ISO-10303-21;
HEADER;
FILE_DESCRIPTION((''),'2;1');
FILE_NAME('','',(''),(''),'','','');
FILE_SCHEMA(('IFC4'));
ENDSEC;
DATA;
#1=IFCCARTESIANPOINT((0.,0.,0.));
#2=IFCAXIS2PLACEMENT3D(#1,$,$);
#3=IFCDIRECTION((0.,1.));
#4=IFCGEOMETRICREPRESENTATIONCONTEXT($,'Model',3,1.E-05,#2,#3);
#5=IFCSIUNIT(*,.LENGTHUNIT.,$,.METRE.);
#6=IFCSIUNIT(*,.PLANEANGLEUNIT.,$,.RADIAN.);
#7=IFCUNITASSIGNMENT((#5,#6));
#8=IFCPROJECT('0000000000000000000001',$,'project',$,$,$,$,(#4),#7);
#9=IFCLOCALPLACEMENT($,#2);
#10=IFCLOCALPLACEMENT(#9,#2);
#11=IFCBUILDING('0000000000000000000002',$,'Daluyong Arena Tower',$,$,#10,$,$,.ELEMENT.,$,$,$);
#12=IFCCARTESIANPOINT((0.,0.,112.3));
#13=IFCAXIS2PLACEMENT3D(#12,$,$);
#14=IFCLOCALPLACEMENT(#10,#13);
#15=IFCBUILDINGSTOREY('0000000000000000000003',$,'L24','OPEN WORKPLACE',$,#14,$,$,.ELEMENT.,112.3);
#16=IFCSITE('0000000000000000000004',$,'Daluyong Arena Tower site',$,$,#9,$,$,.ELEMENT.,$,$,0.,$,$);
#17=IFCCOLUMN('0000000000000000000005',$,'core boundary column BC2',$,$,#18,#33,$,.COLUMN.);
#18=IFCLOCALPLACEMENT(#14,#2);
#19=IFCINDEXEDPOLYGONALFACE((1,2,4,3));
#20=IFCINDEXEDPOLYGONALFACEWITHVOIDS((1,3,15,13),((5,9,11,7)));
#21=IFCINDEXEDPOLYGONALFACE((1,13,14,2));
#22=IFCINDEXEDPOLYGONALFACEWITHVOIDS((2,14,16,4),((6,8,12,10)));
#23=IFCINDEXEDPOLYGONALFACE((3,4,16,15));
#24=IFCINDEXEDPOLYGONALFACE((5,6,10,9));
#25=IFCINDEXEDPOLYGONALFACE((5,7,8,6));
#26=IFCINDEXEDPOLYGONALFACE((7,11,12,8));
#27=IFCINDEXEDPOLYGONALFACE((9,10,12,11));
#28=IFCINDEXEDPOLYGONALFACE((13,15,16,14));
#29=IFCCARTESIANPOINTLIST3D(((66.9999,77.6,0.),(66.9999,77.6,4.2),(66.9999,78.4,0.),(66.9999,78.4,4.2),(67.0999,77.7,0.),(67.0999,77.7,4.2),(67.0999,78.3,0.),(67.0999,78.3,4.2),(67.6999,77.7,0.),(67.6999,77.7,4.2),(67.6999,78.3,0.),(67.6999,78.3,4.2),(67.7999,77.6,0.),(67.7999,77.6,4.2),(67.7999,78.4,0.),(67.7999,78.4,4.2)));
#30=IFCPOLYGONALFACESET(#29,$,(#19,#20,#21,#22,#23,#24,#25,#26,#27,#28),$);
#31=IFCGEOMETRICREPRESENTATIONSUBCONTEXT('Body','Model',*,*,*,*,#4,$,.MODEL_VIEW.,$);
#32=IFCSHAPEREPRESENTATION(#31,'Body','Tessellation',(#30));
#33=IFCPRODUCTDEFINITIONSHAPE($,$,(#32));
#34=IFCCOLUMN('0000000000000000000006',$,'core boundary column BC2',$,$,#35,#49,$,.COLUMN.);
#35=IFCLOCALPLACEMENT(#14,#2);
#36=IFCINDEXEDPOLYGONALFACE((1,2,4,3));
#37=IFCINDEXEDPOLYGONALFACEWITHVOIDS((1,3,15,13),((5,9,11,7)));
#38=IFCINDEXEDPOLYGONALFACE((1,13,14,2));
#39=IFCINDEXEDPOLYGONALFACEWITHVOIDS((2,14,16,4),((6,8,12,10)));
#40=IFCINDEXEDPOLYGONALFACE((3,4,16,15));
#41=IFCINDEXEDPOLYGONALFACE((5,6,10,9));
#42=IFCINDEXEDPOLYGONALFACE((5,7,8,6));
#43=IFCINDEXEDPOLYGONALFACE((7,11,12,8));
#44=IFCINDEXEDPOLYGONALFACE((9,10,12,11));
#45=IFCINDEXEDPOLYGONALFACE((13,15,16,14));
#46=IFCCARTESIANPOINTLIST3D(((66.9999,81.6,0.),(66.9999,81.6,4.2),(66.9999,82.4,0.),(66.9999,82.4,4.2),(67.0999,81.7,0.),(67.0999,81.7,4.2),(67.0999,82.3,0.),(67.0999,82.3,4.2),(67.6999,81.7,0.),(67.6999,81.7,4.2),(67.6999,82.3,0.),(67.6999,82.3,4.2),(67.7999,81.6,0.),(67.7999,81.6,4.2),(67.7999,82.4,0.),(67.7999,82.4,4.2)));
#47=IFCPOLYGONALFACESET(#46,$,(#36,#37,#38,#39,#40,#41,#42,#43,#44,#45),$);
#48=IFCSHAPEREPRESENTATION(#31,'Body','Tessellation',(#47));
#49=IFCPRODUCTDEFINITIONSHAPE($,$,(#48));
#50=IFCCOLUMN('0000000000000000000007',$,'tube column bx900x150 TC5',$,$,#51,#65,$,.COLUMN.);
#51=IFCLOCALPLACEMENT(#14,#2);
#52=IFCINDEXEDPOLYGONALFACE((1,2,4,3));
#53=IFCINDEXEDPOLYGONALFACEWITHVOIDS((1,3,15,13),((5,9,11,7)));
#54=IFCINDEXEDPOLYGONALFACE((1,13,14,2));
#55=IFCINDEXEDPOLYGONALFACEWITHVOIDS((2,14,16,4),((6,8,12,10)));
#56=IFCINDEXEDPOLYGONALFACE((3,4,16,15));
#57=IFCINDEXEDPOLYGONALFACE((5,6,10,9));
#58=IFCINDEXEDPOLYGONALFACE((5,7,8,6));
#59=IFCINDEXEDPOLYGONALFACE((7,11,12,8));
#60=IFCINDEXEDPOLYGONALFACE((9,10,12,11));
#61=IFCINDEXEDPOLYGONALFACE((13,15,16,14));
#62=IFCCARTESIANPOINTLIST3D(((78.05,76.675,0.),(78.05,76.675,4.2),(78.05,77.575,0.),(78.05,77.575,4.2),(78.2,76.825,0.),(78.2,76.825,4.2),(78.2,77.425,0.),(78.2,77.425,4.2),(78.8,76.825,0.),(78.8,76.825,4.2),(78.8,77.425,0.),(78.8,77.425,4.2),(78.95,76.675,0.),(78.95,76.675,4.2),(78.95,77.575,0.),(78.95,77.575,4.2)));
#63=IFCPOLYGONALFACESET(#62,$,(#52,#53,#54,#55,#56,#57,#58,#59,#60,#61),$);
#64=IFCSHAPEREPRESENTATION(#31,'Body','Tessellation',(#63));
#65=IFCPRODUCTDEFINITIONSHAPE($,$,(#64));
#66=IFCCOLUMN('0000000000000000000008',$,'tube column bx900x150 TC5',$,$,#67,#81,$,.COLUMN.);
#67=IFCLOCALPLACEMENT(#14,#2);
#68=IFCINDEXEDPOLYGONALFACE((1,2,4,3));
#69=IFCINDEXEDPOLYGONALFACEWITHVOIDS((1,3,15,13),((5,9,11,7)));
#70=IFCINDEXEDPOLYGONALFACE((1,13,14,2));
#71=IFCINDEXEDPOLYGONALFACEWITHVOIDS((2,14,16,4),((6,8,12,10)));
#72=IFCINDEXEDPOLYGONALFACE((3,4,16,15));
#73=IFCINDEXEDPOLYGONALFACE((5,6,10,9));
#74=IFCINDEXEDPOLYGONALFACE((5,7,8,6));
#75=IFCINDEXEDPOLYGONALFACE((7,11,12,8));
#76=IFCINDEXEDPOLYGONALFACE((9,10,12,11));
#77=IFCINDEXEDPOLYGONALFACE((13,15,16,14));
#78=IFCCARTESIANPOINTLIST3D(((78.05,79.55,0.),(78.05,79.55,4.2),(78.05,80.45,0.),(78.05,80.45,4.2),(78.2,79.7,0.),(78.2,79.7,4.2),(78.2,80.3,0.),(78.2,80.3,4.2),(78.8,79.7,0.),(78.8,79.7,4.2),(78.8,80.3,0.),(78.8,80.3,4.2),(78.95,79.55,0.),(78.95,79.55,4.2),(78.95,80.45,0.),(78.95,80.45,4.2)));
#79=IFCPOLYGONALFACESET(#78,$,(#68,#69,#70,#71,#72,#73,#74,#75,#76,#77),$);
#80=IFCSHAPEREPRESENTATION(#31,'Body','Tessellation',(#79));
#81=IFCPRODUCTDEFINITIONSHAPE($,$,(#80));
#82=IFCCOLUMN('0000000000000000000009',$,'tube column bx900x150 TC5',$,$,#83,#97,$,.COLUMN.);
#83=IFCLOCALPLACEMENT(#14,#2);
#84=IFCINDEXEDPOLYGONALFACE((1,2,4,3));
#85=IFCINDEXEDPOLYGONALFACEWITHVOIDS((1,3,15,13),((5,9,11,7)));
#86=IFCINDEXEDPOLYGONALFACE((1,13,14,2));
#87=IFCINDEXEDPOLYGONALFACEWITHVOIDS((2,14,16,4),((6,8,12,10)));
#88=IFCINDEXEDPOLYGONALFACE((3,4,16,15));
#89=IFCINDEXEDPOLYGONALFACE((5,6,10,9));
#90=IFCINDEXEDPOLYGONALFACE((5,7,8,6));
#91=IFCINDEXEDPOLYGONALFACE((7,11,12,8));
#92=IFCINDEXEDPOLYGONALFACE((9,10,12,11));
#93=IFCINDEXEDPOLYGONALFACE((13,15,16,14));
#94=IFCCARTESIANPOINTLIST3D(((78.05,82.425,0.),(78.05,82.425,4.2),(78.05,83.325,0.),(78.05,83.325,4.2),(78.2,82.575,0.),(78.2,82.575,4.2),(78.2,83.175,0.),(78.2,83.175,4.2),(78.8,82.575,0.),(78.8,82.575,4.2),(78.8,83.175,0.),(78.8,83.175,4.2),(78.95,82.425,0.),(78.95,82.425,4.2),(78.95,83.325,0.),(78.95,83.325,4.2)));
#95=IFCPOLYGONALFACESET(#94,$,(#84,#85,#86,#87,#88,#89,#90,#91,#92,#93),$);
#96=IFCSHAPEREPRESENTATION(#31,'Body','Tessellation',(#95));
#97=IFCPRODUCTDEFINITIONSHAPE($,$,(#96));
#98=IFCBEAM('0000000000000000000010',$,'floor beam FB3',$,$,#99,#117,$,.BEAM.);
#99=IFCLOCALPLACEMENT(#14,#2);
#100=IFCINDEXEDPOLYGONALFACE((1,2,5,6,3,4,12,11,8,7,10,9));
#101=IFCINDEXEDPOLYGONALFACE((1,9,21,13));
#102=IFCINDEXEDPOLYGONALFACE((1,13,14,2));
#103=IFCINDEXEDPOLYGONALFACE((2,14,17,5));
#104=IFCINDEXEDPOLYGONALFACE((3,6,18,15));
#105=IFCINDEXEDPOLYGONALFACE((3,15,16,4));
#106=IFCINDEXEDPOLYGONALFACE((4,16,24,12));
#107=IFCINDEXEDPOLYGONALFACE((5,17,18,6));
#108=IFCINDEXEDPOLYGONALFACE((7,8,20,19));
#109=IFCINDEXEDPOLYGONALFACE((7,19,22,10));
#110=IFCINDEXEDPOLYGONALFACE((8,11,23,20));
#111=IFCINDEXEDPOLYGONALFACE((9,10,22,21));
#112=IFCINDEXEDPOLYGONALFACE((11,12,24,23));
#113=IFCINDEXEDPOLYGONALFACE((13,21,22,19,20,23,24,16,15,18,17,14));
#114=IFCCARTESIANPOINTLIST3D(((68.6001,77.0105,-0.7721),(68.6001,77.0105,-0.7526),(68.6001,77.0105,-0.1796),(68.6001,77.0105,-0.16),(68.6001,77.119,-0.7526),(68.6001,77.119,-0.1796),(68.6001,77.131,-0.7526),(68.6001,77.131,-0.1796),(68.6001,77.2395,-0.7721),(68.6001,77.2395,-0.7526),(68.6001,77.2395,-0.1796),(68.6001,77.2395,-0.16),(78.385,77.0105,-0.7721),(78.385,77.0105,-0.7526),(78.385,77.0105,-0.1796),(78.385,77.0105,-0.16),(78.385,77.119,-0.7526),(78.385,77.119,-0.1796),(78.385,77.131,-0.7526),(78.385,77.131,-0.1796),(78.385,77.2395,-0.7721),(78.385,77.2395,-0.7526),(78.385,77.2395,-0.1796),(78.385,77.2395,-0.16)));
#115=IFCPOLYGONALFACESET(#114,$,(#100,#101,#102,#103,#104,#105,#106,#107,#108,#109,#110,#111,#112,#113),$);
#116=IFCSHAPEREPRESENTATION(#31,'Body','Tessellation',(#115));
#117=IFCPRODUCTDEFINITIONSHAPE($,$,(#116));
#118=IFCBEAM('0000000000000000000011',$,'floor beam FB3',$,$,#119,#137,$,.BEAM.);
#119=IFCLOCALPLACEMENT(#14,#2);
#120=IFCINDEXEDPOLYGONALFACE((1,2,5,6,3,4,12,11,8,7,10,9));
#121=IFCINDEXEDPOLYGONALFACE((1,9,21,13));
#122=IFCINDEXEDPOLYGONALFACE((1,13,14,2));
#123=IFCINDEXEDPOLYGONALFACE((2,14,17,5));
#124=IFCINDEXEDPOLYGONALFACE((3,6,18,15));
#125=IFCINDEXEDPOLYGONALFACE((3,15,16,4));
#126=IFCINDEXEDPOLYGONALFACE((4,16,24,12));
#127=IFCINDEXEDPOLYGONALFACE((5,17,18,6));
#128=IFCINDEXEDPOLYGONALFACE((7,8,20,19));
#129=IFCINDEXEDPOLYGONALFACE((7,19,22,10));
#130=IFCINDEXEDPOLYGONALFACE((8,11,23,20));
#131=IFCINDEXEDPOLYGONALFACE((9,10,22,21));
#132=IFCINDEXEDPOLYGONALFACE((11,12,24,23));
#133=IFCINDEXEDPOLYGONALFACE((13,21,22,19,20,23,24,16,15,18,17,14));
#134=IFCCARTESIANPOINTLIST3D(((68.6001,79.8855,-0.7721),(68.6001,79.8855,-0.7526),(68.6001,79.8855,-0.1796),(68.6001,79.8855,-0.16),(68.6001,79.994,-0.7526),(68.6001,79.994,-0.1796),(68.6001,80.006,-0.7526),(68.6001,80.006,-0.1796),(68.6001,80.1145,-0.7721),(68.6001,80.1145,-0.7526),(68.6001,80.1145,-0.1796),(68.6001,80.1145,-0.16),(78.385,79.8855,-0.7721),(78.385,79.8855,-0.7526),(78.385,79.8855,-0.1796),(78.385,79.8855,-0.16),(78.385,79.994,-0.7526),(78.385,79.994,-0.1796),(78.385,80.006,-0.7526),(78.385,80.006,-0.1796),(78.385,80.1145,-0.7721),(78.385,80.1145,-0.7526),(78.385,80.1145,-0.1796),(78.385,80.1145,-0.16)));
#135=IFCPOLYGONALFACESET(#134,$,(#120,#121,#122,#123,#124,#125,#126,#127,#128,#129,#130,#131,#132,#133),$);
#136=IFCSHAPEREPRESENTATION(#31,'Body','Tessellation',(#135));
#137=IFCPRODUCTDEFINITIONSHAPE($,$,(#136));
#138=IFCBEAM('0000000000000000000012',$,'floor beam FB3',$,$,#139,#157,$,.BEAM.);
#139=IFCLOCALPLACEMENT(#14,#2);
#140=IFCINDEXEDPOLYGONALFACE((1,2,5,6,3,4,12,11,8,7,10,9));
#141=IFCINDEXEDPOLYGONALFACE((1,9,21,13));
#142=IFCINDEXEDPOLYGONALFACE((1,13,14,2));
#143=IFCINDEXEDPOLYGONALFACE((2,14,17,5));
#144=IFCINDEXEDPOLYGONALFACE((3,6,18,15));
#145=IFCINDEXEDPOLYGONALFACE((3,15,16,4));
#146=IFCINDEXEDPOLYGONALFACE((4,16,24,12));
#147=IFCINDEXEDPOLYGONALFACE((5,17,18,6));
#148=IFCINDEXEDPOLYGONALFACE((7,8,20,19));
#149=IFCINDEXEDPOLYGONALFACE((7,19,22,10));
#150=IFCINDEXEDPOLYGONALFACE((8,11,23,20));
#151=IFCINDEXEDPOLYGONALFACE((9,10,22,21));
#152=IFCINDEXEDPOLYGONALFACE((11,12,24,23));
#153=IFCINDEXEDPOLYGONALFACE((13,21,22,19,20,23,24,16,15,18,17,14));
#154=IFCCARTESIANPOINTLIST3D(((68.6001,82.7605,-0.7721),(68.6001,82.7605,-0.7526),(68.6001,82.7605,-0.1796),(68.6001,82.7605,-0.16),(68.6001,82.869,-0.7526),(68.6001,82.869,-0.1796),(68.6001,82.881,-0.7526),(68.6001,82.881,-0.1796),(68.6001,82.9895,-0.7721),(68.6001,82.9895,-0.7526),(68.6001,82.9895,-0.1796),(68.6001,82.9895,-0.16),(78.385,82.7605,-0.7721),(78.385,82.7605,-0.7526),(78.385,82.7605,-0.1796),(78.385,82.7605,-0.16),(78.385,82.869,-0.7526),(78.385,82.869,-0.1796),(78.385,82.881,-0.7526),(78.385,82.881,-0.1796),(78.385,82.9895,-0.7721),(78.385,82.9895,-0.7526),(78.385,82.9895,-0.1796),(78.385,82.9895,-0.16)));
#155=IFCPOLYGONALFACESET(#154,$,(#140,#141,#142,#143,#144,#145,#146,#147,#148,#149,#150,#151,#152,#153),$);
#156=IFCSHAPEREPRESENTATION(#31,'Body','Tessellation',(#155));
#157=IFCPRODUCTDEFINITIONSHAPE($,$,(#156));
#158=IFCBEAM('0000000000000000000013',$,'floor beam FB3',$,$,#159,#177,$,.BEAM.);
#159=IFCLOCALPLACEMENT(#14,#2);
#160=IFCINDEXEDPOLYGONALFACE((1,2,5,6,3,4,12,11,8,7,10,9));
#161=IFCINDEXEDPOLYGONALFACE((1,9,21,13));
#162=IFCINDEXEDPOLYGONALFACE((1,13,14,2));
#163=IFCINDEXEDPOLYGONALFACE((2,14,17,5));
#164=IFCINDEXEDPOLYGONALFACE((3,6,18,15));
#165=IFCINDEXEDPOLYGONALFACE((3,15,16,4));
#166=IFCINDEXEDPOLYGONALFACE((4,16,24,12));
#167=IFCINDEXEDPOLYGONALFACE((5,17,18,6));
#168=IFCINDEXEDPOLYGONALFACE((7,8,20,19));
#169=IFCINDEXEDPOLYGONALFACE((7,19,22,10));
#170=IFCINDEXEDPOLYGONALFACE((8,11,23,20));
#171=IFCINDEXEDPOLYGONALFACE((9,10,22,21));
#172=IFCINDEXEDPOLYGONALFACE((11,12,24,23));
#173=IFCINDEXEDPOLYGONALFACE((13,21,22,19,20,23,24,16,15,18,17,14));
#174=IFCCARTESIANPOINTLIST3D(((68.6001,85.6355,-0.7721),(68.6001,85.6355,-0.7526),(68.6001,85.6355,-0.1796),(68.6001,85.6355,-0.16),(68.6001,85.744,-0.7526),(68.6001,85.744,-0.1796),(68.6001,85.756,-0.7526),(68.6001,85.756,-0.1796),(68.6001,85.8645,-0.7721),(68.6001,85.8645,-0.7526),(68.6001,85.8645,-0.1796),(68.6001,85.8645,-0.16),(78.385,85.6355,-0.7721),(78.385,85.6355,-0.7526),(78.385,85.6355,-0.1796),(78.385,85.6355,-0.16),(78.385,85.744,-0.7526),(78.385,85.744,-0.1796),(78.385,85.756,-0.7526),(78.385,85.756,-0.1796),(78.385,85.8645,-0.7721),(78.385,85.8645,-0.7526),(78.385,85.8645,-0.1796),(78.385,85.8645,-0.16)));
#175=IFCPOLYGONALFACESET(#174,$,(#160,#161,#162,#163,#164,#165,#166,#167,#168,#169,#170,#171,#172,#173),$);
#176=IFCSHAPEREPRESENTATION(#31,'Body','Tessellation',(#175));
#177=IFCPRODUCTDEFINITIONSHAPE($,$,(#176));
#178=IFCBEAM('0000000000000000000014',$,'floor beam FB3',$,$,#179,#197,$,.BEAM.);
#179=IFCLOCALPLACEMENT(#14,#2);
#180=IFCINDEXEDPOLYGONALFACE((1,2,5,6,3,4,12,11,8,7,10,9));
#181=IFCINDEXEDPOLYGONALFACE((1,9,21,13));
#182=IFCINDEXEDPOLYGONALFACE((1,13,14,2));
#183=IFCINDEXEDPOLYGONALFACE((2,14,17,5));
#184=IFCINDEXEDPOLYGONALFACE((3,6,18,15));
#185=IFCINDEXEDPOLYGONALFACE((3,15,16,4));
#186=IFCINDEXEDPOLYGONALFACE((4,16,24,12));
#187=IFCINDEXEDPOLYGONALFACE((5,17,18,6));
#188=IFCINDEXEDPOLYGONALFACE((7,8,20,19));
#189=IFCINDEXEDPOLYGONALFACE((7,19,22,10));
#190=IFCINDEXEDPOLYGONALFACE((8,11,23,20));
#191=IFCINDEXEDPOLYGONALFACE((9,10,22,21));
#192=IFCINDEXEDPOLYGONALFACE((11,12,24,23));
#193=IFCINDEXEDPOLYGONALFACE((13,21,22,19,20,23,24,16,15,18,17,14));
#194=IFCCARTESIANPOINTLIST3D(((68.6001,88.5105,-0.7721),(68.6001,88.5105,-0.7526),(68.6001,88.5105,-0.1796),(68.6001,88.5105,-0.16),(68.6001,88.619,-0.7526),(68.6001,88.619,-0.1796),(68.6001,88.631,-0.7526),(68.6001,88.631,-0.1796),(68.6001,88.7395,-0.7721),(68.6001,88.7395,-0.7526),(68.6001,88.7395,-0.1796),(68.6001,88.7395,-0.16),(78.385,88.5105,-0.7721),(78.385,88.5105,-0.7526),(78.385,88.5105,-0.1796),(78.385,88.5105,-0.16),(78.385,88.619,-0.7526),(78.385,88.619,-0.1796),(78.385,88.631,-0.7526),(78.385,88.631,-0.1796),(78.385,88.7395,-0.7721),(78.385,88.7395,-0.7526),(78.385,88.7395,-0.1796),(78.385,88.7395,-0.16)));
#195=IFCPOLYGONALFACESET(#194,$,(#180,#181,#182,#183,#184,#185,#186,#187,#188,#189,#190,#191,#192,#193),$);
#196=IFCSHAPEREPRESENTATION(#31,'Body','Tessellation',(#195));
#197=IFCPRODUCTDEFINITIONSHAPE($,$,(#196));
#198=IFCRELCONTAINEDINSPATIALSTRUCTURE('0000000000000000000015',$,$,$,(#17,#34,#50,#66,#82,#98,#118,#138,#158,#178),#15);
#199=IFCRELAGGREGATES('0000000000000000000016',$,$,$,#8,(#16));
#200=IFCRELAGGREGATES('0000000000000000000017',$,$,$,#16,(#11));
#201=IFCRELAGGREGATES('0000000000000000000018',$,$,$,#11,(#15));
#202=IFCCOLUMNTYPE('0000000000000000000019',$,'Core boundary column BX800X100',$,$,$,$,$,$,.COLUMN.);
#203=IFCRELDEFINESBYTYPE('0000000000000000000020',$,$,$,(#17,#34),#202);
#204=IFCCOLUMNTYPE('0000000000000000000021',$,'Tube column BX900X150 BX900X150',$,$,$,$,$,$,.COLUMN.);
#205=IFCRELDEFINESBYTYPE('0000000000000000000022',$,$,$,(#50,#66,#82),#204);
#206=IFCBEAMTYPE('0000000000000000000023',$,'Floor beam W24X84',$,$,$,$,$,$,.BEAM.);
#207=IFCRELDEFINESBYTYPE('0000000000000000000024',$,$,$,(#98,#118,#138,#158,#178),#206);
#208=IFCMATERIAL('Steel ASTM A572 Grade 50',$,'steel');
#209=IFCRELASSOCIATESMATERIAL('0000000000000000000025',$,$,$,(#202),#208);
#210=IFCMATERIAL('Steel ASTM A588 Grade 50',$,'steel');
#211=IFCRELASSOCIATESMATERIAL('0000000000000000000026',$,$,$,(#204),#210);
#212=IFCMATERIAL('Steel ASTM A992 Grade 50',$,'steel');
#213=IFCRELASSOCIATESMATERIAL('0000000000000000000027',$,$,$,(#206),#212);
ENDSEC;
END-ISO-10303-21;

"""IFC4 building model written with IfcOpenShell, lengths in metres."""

from ifc_helpers import new_model, si_unit, direction, frame, origin, origin_2d, place, context, subcontext, project, spatial, hollow_rectangle, i_section, extrude, material, material_profile, profile_set, type_object, element, save


model = new_model("IFC4")

# Units and contexts
model_context = context("Model", 3, precision=1e-05, world=origin(), true_north=direction((0.0, 1.0)))
body_context = subcontext(model_context, "Body", "Model", "MODEL_VIEW")
ifc_project = project(units=[si_unit("LENGTHUNIT", "METRE"), si_unit("PLANEANGLEUNIT", "RADIAN")], contexts=[model_context])

# Site, building, storey
site_placement = place(None, origin())
site = spatial("IfcSite", under=ifc_project, at=site_placement, Name="Daluyong Arena Tower site", CompositionType="ELEMENT", RefElevation=0.0)
building_placement = place(site_placement, origin())
building = spatial("IfcBuilding", under=site, at=building_placement, Name="Daluyong Arena Tower", CompositionType="ELEMENT")
storey_placement = place(building_placement, frame((0.0, 0.0, 112.3)))
storey = spatial("IfcBuildingStorey", under=building, at=storey_placement, Name="L24", Description="OPEN WORKPLACE", CompositionType="ELEMENT", Elevation=112.3)

# Columns
ifc_material_1 = material(Name="Steel ASTM A572 Grade 50", Category="steel")
ifc_material_profile_1 = material_profile(ifc_material_1, hollow_rectangle(XDim=0.8, YDim=0.8, WallThickness=0.1, at=origin_2d()))
ifc_profile_set_1 = profile_set([ifc_material_profile_1], Name="Steel ASTM A572 Grade 50")
column_type_1 = type_object("IfcColumnType", Name="Core boundary column BX800X100", PredefinedType="COLUMN", material=ifc_profile_set_1)
for number, where, z_axis, x_axis, name in (
    (1, (67.3999, 78.0, 0.0), (0.0, 0.0, 1.0), (1.0, 0.0, 0.0), "core boundary column BC2"),
    (2, (67.3999, 82.0, 0.0), (0.0, 0.0, 1.0), (1.0, 0.0, 0.0), "core boundary column BC2"),
):
    element("IfcColumn", number, at=place(storey_placement, frame(where, z_axis=z_axis, x_axis=x_axis)), inside=storey, type_object=column_type_1, Name=name, PredefinedType="COLUMN", context=body_context, shape_type="SweptSolid", body=[
        extrude(hollow_rectangle(XDim=0.8, YDim=0.8, WallThickness=0.1, at=origin_2d()), origin(), (0.0, 0.0, 1.0), 4.2),
    ])
ifc_material_2 = material(Name="Steel ASTM A588 Grade 50", Category="steel")
ifc_material_profile_2 = material_profile(ifc_material_2, hollow_rectangle(XDim=0.8999, YDim=0.8999, WallThickness=0.15, at=origin_2d()))
ifc_profile_set_2 = profile_set([ifc_material_profile_2], Name="Steel ASTM A588 Grade 50")
column_type_2 = type_object("IfcColumnType", Name="Tube column BX900X150 BX900X150", PredefinedType="COLUMN", material=ifc_profile_set_2)
for number, where, z_axis, x_axis, name in (
    (3, (78.5, 77.125, 0.0), (0.0, 0.0, 1.0), (0.0, 1.0, 0.0), "tube column bx900x150 TC5"),
    (4, (78.5, 80.0, 0.0), (0.0, 0.0, 1.0), (0.0, 1.0, 0.0), "tube column bx900x150 TC5"),
    (5, (78.5, 82.875, 0.0), (0.0, 0.0, 1.0), (0.0, 1.0, 0.0), "tube column bx900x150 TC5"),
):
    element("IfcColumn", number, at=place(storey_placement, frame(where, z_axis=z_axis, x_axis=x_axis)), inside=storey, type_object=column_type_2, Name=name, PredefinedType="COLUMN", context=body_context, shape_type="SweptSolid", body=[
        extrude(hollow_rectangle(XDim=0.8999, YDim=0.8999, WallThickness=0.15, at=origin_2d()), origin(), (0.0, 0.0, 1.0), 4.2),
    ])

# Beams
ifc_material_3 = material(Name="Steel ASTM A992 Grade 50", Category="steel")
ifc_material_profile_3 = material_profile(ifc_material_3, i_section(OverallWidth=0.229, OverallDepth=0.6121, WebThickness=0.012, FlangeThickness=0.0195, at=origin_2d()))
ifc_profile_set_3 = profile_set([ifc_material_profile_3], Name="Steel ASTM A992 Grade 50")
beam_type_1 = type_object("IfcBeamType", Name="Floor beam W24X84", PredefinedType="BEAM", material=ifc_profile_set_3)
for number, where, z_axis, x_axis, name in (
    (6, (78.385, 77.125, -0.4661), (-1.0, 0.0, 0.0), (0.0, -1.0, 0.0), "floor beam FB3"),
    (7, (78.385, 80.0, -0.4661), (-1.0, 0.0, 0.0), (0.0, -1.0, 0.0), "floor beam FB3"),
    (8, (78.385, 82.875, -0.4661), (-1.0, 0.0, 0.0), (0.0, -1.0, 0.0), "floor beam FB3"),
    (9, (78.385, 85.75, -0.4661), (-1.0, 0.0, 0.0), (0.0, -1.0, 0.0), "floor beam FB3"),
    (10, (78.385, 88.625, -0.4661), (-1.0, 0.0, 0.0), (0.0, -1.0, 0.0), "floor beam FB3"),
):
    element("IfcBeam", number, at=place(storey_placement, frame(where, z_axis=z_axis, x_axis=x_axis)), inside=storey, type_object=beam_type_1, Name=name, PredefinedType="BEAM", context=body_context, shape_type="SweptSolid", body=[
        extrude(i_section(OverallWidth=0.229, OverallDepth=0.6121, WebThickness=0.012, FlangeThickness=0.0195, at=origin_2d()), origin(), (0.0, 0.0, 1.0), 9.7849),
    ])

save(model, "model.ifc")
